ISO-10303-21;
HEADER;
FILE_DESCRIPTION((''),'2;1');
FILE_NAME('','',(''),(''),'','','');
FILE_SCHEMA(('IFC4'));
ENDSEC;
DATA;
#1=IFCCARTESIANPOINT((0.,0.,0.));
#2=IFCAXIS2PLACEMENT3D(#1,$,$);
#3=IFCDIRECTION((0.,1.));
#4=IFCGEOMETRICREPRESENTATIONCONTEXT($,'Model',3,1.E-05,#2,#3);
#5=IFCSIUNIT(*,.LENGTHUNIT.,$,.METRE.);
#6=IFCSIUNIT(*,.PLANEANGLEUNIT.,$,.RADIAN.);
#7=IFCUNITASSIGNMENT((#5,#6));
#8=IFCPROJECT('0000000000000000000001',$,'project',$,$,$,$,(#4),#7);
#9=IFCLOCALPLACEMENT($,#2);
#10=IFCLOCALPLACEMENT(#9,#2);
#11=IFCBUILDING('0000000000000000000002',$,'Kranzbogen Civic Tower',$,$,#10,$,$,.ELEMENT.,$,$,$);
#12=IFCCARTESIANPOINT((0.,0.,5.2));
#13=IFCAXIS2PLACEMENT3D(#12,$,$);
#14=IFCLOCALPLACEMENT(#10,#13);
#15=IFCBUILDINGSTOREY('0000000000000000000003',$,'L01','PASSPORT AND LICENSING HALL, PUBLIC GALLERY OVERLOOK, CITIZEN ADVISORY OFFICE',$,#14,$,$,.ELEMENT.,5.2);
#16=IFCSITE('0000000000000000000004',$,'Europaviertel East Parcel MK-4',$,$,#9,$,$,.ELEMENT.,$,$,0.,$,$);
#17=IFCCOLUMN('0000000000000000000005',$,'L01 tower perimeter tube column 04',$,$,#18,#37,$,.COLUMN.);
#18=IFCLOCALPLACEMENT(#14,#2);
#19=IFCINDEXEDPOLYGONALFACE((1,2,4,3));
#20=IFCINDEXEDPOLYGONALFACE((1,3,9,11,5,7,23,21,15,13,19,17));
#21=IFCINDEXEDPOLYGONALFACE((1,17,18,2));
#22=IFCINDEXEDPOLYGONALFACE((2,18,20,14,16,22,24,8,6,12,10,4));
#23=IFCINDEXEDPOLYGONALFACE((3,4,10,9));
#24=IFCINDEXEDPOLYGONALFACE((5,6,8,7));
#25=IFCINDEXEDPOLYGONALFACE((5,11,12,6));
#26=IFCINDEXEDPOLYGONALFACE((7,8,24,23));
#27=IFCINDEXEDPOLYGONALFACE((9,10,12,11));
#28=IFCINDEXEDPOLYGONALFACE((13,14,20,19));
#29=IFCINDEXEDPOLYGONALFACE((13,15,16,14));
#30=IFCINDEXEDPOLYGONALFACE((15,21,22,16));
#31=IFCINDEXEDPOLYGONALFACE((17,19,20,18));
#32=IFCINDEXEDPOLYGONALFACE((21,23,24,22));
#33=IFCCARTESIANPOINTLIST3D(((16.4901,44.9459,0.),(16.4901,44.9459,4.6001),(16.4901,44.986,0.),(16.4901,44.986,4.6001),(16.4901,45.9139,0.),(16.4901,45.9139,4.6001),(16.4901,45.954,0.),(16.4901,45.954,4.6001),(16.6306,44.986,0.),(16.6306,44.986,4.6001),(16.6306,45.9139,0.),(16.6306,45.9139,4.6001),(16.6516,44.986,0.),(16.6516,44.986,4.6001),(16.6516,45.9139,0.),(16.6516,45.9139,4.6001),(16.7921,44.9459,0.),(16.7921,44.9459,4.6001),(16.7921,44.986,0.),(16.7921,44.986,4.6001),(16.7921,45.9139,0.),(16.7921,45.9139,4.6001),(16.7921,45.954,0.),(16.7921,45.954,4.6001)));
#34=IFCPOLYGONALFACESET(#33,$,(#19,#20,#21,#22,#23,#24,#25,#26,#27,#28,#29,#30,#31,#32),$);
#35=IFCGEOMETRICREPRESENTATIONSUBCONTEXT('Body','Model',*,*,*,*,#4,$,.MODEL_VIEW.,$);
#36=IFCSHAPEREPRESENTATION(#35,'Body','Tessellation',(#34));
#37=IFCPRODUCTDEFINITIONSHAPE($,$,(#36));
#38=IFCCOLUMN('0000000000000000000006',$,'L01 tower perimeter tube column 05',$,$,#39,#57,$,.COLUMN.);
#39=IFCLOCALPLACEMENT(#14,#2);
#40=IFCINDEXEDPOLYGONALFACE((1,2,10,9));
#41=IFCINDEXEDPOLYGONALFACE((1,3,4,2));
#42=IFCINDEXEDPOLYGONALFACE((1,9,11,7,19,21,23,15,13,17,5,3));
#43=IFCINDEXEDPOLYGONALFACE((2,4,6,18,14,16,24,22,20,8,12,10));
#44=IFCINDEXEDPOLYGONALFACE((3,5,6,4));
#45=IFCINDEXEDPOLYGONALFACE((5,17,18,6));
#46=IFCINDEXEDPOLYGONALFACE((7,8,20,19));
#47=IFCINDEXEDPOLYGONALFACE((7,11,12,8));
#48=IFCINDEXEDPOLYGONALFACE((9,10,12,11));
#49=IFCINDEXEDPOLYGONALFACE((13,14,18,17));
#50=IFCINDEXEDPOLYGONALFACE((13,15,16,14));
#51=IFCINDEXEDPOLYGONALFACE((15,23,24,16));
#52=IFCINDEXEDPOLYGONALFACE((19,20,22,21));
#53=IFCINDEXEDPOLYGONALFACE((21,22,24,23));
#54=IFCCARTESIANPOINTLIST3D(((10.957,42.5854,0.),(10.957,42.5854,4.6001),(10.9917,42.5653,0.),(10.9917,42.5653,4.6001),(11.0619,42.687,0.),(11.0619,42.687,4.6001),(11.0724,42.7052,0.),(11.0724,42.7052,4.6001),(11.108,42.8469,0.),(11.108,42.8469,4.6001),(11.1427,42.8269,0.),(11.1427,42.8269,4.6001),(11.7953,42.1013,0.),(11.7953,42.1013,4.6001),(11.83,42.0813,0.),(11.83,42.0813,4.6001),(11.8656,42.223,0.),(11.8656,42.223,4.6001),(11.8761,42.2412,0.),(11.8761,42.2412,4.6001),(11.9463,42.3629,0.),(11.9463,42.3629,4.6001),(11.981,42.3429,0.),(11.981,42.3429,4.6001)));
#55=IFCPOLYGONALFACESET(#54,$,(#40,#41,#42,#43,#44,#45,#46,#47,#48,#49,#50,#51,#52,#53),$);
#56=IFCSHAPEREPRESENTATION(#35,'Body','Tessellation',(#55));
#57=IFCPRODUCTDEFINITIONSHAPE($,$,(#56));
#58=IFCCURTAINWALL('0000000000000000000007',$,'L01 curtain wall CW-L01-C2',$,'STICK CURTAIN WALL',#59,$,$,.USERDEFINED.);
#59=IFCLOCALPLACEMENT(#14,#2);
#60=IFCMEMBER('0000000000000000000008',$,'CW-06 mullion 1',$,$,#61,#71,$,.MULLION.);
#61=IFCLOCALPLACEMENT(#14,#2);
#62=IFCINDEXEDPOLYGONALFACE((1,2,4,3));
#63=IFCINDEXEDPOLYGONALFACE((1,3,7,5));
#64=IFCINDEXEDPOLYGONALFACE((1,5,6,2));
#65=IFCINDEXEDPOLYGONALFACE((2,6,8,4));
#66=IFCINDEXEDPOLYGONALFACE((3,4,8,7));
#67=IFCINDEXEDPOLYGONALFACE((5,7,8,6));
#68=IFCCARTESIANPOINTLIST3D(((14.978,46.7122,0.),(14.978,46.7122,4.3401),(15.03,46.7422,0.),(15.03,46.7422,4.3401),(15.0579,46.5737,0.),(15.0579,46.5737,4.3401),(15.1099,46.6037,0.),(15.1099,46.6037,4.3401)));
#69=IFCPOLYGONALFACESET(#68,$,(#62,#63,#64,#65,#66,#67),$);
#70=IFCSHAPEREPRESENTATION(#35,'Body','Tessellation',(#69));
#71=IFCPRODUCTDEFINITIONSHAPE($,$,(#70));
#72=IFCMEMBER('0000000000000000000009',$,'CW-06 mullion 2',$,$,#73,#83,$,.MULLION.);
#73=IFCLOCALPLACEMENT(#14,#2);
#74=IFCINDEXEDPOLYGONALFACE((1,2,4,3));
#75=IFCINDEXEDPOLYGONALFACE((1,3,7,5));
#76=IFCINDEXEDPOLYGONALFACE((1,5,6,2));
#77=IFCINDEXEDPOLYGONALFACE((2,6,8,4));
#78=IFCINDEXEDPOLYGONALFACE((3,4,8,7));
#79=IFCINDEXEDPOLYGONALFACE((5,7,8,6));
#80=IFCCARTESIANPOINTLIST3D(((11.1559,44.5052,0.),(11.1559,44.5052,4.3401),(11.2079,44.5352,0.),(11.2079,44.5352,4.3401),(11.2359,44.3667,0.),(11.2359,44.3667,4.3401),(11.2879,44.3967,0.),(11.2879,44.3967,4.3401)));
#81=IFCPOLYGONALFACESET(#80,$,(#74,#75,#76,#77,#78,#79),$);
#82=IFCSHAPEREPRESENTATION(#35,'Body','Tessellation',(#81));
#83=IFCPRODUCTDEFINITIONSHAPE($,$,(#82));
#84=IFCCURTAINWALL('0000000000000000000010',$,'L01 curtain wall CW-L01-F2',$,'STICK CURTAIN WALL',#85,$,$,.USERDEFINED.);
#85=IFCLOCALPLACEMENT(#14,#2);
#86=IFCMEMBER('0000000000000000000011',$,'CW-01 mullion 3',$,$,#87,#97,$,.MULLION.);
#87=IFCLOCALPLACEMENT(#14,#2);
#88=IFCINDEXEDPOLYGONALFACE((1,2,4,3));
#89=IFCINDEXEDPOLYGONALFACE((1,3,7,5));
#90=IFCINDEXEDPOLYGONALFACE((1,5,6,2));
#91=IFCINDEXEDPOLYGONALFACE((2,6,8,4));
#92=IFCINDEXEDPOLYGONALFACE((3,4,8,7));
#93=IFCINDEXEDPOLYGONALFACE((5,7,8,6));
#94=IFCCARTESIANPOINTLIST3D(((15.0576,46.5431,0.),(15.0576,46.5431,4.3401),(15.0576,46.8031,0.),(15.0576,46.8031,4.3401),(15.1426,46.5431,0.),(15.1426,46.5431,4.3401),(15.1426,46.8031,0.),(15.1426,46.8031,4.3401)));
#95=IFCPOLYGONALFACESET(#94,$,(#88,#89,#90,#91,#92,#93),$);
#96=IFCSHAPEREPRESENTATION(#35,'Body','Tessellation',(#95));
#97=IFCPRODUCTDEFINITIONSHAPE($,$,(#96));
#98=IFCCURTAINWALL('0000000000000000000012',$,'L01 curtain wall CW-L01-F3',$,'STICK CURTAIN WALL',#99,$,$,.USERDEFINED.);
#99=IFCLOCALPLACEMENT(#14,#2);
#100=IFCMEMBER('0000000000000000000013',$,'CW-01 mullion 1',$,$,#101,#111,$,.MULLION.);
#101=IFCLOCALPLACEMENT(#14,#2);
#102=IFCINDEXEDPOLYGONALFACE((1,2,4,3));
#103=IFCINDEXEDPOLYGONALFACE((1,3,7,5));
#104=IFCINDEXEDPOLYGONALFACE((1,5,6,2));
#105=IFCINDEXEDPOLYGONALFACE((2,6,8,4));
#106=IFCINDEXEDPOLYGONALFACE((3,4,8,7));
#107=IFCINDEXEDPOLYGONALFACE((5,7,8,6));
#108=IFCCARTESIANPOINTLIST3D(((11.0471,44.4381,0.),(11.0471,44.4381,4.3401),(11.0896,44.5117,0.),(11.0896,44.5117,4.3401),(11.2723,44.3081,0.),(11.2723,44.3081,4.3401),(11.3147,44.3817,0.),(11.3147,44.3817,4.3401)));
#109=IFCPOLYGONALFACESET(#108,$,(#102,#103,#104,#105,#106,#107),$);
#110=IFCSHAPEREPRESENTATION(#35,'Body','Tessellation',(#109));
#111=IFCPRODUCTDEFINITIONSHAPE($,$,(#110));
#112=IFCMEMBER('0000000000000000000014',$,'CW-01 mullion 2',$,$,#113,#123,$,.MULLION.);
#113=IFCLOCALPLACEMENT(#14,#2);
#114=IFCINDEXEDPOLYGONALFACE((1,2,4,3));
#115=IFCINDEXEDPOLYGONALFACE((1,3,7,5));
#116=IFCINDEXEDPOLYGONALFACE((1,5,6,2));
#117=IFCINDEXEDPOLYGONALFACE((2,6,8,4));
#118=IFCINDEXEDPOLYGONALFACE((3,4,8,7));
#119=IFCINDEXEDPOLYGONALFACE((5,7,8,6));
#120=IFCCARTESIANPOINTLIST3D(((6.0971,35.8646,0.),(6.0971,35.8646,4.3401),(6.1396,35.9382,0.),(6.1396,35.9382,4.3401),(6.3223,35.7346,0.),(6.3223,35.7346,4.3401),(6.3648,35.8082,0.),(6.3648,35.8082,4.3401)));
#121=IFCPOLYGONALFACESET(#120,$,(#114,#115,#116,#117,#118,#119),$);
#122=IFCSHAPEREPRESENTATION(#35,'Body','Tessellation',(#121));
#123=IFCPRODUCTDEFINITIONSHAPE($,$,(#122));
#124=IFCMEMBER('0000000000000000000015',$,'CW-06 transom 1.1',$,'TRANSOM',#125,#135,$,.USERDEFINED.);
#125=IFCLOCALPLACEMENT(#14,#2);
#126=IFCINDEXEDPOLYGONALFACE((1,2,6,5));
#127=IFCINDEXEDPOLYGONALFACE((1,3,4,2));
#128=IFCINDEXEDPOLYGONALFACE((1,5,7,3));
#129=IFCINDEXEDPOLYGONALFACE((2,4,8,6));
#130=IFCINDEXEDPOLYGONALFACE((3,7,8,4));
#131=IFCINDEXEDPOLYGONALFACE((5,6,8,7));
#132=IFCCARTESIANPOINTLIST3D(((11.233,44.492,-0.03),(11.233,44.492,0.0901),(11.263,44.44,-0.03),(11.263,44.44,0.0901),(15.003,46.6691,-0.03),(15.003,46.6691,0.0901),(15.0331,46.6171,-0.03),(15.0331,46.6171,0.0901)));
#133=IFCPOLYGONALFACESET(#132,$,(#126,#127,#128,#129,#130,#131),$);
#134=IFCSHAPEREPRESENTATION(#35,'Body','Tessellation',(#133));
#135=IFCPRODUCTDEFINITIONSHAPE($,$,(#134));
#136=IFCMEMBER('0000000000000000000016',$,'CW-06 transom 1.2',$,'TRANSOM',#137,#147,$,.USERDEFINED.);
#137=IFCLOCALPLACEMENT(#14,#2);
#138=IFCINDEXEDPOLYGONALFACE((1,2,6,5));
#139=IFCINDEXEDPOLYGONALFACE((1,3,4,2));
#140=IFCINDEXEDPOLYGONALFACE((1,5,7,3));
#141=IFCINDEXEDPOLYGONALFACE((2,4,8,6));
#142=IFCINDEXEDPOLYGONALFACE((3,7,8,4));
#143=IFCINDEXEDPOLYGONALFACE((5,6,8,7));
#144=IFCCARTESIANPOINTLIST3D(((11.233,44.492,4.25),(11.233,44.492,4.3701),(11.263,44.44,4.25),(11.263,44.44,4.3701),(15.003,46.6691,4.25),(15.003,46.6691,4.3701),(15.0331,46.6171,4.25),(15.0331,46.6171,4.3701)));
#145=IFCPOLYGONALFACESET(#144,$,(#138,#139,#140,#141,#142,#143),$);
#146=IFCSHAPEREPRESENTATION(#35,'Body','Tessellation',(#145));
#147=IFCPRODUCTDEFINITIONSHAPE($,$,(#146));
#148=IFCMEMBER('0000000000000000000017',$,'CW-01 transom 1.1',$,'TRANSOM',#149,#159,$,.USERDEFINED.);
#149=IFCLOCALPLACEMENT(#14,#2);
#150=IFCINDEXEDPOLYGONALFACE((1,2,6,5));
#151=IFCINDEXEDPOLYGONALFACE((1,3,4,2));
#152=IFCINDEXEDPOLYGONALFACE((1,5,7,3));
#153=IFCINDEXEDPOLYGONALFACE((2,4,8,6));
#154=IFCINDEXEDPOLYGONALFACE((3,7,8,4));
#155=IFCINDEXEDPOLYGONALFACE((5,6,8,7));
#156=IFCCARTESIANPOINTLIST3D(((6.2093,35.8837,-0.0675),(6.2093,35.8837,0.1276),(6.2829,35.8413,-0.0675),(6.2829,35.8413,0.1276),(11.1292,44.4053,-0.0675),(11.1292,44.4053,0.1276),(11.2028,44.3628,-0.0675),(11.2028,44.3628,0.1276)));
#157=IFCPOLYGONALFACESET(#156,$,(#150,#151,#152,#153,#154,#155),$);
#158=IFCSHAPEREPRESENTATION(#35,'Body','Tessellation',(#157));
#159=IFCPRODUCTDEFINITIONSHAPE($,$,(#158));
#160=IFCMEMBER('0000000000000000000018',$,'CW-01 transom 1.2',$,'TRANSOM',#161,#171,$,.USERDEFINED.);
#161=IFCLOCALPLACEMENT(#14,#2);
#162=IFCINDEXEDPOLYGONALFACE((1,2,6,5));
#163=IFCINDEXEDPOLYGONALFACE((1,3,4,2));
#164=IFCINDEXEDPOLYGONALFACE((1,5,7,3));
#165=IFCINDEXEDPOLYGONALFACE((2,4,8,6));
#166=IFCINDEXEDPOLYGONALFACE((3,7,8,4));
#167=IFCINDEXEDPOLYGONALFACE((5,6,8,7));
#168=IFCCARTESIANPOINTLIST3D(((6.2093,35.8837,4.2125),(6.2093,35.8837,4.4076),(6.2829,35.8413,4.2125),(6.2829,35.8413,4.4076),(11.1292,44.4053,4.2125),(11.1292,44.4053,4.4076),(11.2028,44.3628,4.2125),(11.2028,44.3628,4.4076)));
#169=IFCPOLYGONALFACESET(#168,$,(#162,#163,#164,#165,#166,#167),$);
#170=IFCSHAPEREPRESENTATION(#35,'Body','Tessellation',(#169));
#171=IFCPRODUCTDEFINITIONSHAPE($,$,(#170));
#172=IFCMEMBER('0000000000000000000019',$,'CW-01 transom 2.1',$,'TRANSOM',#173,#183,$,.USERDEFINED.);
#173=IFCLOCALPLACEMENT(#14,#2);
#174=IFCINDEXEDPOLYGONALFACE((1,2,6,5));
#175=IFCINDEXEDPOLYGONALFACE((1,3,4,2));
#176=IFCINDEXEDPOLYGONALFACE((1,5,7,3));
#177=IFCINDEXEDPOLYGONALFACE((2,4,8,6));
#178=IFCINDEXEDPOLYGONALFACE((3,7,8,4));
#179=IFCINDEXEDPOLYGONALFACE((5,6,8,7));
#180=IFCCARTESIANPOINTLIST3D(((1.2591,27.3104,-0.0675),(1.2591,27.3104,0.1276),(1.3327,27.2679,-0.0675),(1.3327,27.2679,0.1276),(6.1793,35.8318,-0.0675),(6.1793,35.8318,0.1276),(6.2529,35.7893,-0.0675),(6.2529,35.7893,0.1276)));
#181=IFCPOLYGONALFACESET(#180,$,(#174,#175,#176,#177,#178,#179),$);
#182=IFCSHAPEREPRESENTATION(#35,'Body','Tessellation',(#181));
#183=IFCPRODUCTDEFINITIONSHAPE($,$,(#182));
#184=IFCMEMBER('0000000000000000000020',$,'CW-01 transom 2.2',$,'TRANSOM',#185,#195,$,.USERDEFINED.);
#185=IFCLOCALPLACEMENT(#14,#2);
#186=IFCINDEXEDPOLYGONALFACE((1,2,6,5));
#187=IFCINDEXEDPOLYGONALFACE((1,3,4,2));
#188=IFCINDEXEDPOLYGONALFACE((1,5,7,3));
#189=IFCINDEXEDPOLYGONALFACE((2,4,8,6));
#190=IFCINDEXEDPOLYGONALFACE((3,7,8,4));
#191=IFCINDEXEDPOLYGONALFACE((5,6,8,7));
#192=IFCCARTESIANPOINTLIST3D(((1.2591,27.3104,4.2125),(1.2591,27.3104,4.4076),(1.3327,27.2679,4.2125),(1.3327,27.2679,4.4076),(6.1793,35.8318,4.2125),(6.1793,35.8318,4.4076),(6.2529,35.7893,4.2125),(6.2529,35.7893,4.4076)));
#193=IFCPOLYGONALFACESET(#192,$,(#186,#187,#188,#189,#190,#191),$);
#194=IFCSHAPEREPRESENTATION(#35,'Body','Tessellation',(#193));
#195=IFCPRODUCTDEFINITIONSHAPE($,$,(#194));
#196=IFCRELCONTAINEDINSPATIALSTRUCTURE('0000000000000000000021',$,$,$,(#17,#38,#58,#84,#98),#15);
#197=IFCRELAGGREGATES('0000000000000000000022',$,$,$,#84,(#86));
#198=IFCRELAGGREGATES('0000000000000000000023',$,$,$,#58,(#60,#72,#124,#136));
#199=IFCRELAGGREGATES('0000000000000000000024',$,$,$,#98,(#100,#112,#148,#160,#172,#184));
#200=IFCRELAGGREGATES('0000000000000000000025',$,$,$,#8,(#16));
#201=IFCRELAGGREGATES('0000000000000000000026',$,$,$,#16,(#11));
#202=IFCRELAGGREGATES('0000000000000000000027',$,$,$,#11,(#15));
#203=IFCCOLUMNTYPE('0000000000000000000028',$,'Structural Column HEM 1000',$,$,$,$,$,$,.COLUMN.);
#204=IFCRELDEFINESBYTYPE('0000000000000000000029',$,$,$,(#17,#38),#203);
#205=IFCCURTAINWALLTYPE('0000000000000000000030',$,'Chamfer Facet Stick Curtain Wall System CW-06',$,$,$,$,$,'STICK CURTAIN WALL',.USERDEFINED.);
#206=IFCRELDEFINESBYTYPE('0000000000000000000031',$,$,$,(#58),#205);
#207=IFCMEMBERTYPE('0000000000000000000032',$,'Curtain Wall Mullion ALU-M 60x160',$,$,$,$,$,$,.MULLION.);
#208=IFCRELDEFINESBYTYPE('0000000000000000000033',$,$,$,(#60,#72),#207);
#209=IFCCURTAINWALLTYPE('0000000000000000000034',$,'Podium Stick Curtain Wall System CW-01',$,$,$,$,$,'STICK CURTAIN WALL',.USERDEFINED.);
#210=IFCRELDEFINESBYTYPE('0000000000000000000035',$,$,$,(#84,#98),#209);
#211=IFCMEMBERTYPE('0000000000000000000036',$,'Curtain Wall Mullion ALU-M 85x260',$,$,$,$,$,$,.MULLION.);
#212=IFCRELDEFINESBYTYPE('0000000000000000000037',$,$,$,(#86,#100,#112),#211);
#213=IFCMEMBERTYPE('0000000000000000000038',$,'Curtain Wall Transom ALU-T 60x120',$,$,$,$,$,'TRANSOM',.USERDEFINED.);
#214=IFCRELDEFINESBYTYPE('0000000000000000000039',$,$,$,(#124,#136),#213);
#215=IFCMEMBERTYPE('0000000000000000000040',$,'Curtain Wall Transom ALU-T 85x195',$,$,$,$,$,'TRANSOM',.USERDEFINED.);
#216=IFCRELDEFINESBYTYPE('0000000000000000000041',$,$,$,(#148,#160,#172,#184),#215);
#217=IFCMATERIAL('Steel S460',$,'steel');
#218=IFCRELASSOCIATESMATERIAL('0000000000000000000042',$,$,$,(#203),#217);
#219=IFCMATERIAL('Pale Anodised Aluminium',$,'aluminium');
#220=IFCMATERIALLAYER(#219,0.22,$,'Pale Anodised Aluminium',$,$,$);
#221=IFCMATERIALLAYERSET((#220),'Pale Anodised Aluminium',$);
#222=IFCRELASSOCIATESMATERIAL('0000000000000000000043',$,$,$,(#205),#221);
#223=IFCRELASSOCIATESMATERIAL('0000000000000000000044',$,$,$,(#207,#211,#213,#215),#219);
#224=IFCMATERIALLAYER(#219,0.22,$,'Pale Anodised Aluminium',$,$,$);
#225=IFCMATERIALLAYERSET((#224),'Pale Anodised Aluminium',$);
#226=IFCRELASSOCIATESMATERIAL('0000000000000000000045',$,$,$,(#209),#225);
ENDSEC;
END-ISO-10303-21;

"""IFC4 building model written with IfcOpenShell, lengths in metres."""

from ifc_helpers import new_model, si_unit, direction, frame, origin, origin_2d, place, context, subcontext, project, spatial, rectangle, i_section, extrude, material, layer, layer_set, material_profile, profile_set, type_object, element, aggregate, save


model = new_model("IFC4")

# Units and contexts
model_context = context("Model", 3, precision=1e-05, world=origin(), true_north=direction((0.0, 1.0)))
body_context = subcontext(model_context, "Body", "Model", "MODEL_VIEW")
ifc_project = project(units=[si_unit("LENGTHUNIT", "METRE"), si_unit("PLANEANGLEUNIT", "RADIAN")], contexts=[model_context])

# Site, building, storey
site_placement = place(None, origin())
site = spatial("IfcSite", under=ifc_project, at=site_placement, Name="Europaviertel East Parcel MK-4", CompositionType="ELEMENT", RefElevation=0.0)
building_placement = place(site_placement, origin())
building = spatial("IfcBuilding", under=site, at=building_placement, Name="Kranzbogen Civic Tower", CompositionType="ELEMENT")
storey_placement = place(building_placement, frame((0.0, 0.0, 5.2)))
storey = spatial("IfcBuildingStorey", under=building, at=storey_placement, Name="L01", Description="PASSPORT AND LICENSING HALL, PUBLIC GALLERY OVERLOOK, CITIZEN ADVISORY OFFICE", CompositionType="ELEMENT", Elevation=5.2)

# Columns
ifc_material_1 = material(Name="Steel S460", Category="steel")
ifc_material_profile_1 = material_profile(ifc_material_1, i_section(OverallWidth=0.302, OverallDepth=1.0081, WebThickness=0.021, FlangeThickness=0.04, at=origin_2d()), Name="HEM 1000")
ifc_profile_set_1 = profile_set([ifc_material_profile_1], Name="Steel S460")
column_type = type_object("IfcColumnType", Name="Structural Column HEM 1000", PredefinedType="COLUMN", material=ifc_profile_set_1)
for number, where, z_axis, x_axis, name in (
    (1, (16.6411, 45.45, 0.0), (0.0, 0.0, 1.0), (1.0, 0.0, 0.0), "L01 tower perimeter tube column 04"),
    (2, (11.469, 42.4641, 0.0), (0.0, 0.0, 1.0), (0.5, 0.866025, 0.0), "L01 tower perimeter tube column 05"),
):
    element("IfcColumn", number, at=place(storey_placement, frame(where, z_axis=z_axis, x_axis=x_axis)), inside=storey, type_object=column_type, Name=name, PredefinedType="COLUMN", context=body_context, shape_type="SweptSolid", body=[
        extrude(i_section(OverallWidth=0.302, OverallDepth=1.0081, WebThickness=0.021, FlangeThickness=0.04, at=origin_2d()), origin(), (0.0, 0.0, 1.0), 4.6001),
    ])

# Curtain wall, members
ifc_material_2 = material(Name="Pale Anodised Aluminium", Category="aluminium")
ifc_layer_1 = layer(ifc_material_2, 0.22, Name="Pale Anodised Aluminium")
ifc_layer_set_1 = layer_set([ifc_layer_1], Name="Pale Anodised Aluminium")
curtain_wall_type_1 = type_object("IfcCurtainWallType", Name="Chamfer Facet Stick Curtain Wall System CW-06", ElementType="STICK CURTAIN WALL", PredefinedType="USERDEFINED", material=ifc_layer_set_1)
curtain_wall_1_placement = place(storey_placement, origin())
curtain_wall_1 = element("IfcCurtainWall", 3, at=curtain_wall_1_placement, inside=storey, type_object=curtain_wall_type_1, Name="L01 curtain wall CW-L01-C2", ObjectType="STICK CURTAIN WALL", PredefinedType="USERDEFINED")
ifc_material_profile_2 = material_profile(ifc_material_2, rectangle(XDim=0.0601, YDim=0.1599, at=origin_2d()), Name="ALU-M 60x160")
ifc_profile_set_2 = profile_set([ifc_material_profile_2], Name="Pale Anodised Aluminium")
member_type_1 = type_object("IfcMemberType", Name="Curtain Wall Mullion ALU-M 60x160", PredefinedType="MULLION", material=ifc_profile_set_2)
member_1_placement = place(storey_placement, frame((15.0439, 46.658, 0.0), z_axis=(0.0, 0.0, 1.0), x_axis=(-0.865992, -0.500058, 0.0)))
member_1 = element("IfcMember", 4, at=member_1_placement, type_object=member_type_1, Name="CW-06 mullion 1", PredefinedType="MULLION", context=body_context, shape_type="SweptSolid", body=[
    extrude(rectangle(XDim=0.0601, YDim=0.1599, at=origin_2d()), origin(), (0.0, 0.0, 1.0), 4.3401),
])
member_2_placement = place(storey_placement, frame((11.2219, 44.4509, 0.0), z_axis=(0.0, 0.0, 1.0), x_axis=(-0.865992, -0.500058, 0.0)))
member_2 = element("IfcMember", 5, at=member_2_placement, type_object=member_type_1, Name="CW-06 mullion 2", PredefinedType="MULLION", context=body_context, shape_type="SweptSolid", body=[
    extrude(rectangle(XDim=0.0601, YDim=0.1599, at=origin_2d()), origin(), (0.0, 0.0, 1.0), 4.3401),
])

# Curtain wall, member
ifc_layer_2 = layer(ifc_material_2, 0.22, Name="Pale Anodised Aluminium")
ifc_layer_set_2 = layer_set([ifc_layer_2], Name="Pale Anodised Aluminium")
curtain_wall_type_2 = type_object("IfcCurtainWallType", Name="Podium Stick Curtain Wall System CW-01", ElementType="STICK CURTAIN WALL", PredefinedType="USERDEFINED", material=ifc_layer_set_2)
curtain_wall_2_placement = place(storey_placement, origin())
curtain_wall_2 = element("IfcCurtainWall", 6, at=curtain_wall_2_placement, inside=storey, type_object=curtain_wall_type_2, Name="L01 curtain wall CW-L01-F2", ObjectType="STICK CURTAIN WALL", PredefinedType="USERDEFINED")
ifc_material_profile_3 = material_profile(ifc_material_2, rectangle(XDim=0.085, YDim=0.26, at=origin_2d()), Name="ALU-M 85x260")
ifc_profile_set_3 = profile_set([ifc_material_profile_3], Name="Pale Anodised Aluminium")
member_type_2 = type_object("IfcMemberType", Name="Curtain Wall Mullion ALU-M 85x260", PredefinedType="MULLION", material=ifc_profile_set_3)
member_3_placement = place(storey_placement, frame((15.1001, 46.6731, 0.0), z_axis=(0.0, 0.0, 1.0), x_axis=(-1.0, 0.0, 0.0)))
member_3 = element("IfcMember", 7, at=member_3_placement, type_object=member_type_2, Name="CW-01 mullion 3", PredefinedType="MULLION", context=body_context, shape_type="SweptSolid", body=[
    extrude(rectangle(XDim=0.085, YDim=0.26, at=origin_2d()), origin(), (0.0, 0.0, 1.0), 4.3401),
])
aggregate(curtain_wall_2, [member_3])

# Curtain wall, members
curtain_wall_3_placement = place(storey_placement, origin())
curtain_wall_3 = element("IfcCurtainWall", 8, at=curtain_wall_3_placement, inside=storey, type_object=curtain_wall_type_2, Name="L01 curtain wall CW-L01-F3", ObjectType="STICK CURTAIN WALL", PredefinedType="USERDEFINED")
member_4_placement = place(storey_placement, frame((11.1809, 44.4099, 0.0), z_axis=(0.0, 0.0, 1.0), x_axis=(-0.500006, -0.866022, 0.0)))
member_4 = element("IfcMember", 9, at=member_4_placement, type_object=member_type_2, Name="CW-01 mullion 1", PredefinedType="MULLION", context=body_context, shape_type="SweptSolid", body=[
    extrude(rectangle(XDim=0.085, YDim=0.26, at=origin_2d()), origin(), (0.0, 0.0, 1.0), 4.3401),
])
member_5_placement = place(storey_placement, frame((6.231, 35.8364, 0.0), z_axis=(0.0, 0.0, 1.0), x_axis=(-0.500006, -0.866022, 0.0)))
member_5 = element("IfcMember", 10, at=member_5_placement, type_object=member_type_2, Name="CW-01 mullion 2", PredefinedType="MULLION", context=body_context, shape_type="SweptSolid", body=[
    extrude(rectangle(XDim=0.085, YDim=0.26, at=origin_2d()), origin(), (0.0, 0.0, 1.0), 4.3401),
])

# Members
ifc_material_profile_4 = material_profile(ifc_material_2, rectangle(XDim=0.0601, YDim=0.1201, at=origin_2d()), Name="ALU-T 60x120")
ifc_profile_set_4 = profile_set([ifc_material_profile_4], Name="Pale Anodised Aluminium")
member_type_3 = type_object("IfcMemberType", Name="Curtain Wall Transom ALU-T 60x120", ElementType="TRANSOM", PredefinedType="USERDEFINED", material=ifc_profile_set_4)
member_6_placement = place(storey_placement, frame((15.0181, 46.6431, 0.03), z_axis=(-0.865988, -0.500065, 0.0), x_axis=(0.500065, -0.865988, 0.0)))
member_6 = element("IfcMember", 11, at=member_6_placement, type_object=member_type_3, Name="CW-06 transom 1.1", ObjectType="TRANSOM", PredefinedType="USERDEFINED", context=body_context, shape_type="SweptSolid", body=[
    extrude(rectangle(XDim=0.0601, YDim=0.1201, at=origin_2d()), origin(), (0.0, 0.0, 1.0), 4.3535),
])
member_7_placement = place(storey_placement, frame((15.0181, 46.6431, 4.3101), z_axis=(-0.865988, -0.500065, 0.0), x_axis=(0.500065, -0.865988, 0.0)))
member_7 = element("IfcMember", 12, at=member_7_placement, type_object=member_type_3, Name="CW-06 transom 1.2", ObjectType="TRANSOM", PredefinedType="USERDEFINED", context=body_context, shape_type="SweptSolid", body=[
    extrude(rectangle(XDim=0.0601, YDim=0.1201, at=origin_2d()), origin(), (0.0, 0.0, 1.0), 4.3535),
])
ifc_material_profile_5 = material_profile(ifc_material_2, rectangle(XDim=0.085, YDim=0.1951, at=origin_2d()), Name="ALU-T 85x195")
ifc_profile_set_5 = profile_set([ifc_material_profile_5], Name="Pale Anodised Aluminium")
member_type_4 = type_object("IfcMemberType", Name="Curtain Wall Transom ALU-T 85x195", ElementType="TRANSOM", PredefinedType="USERDEFINED", material=ifc_profile_set_5)
member_8_placement = place(storey_placement, frame((11.166, 44.384, 0.03), z_axis=(-0.500003, -0.866024, 0.0), x_axis=(0.866024, -0.500003, 0.0)))
member_8 = element("IfcMember", 13, at=member_8_placement, type_object=member_type_4, Name="CW-01 transom 1.1", ObjectType="TRANSOM", PredefinedType="USERDEFINED", context=body_context, shape_type="SweptSolid", body=[
    extrude(rectangle(XDim=0.085, YDim=0.1951, at=origin_2d()), origin(), (0.0, 0.0, 1.0), 9.8398),
])
member_9_placement = place(storey_placement, frame((11.166, 44.384, 4.3101), z_axis=(-0.500003, -0.866024, 0.0), x_axis=(0.866024, -0.500003, 0.0)))
member_9 = element("IfcMember", 14, at=member_9_placement, type_object=member_type_4, Name="CW-01 transom 1.2", ObjectType="TRANSOM", PredefinedType="USERDEFINED", context=body_context, shape_type="SweptSolid", body=[
    extrude(rectangle(XDim=0.085, YDim=0.1951, at=origin_2d()), origin(), (0.0, 0.0, 1.0), 9.8398),
])
member_10_placement = place(storey_placement, frame((6.2161, 35.8105, 0.03), z_axis=(-0.500022, -0.866013, 0.0), x_axis=(0.866013, -0.500022, 0.0)))
member_10 = element("IfcMember", 15, at=member_10_placement, type_object=member_type_4, Name="CW-01 transom 2.1", ObjectType="TRANSOM", PredefinedType="USERDEFINED", context=body_context, shape_type="SweptSolid", body=[
    extrude(rectangle(XDim=0.085, YDim=0.1951, at=origin_2d()), origin(), (0.0, 0.0, 1.0), 9.8398),
])
member_11_placement = place(storey_placement, frame((6.2161, 35.8105, 4.3101), z_axis=(-0.500022, -0.866013, 0.0), x_axis=(0.866013, -0.500022, 0.0)))
member_11 = element("IfcMember", 16, at=member_11_placement, type_object=member_type_4, Name="CW-01 transom 2.2", ObjectType="TRANSOM", PredefinedType="USERDEFINED", context=body_context, shape_type="SweptSolid", body=[
    extrude(rectangle(XDim=0.085, YDim=0.1951, at=origin_2d()), origin(), (0.0, 0.0, 1.0), 9.8398),
])

aggregate(curtain_wall_1, [member_1, member_2, member_6, member_7])
aggregate(curtain_wall_3, [member_4, member_5, member_8, member_9, member_10, member_11])

save(model, "model.ifc")
